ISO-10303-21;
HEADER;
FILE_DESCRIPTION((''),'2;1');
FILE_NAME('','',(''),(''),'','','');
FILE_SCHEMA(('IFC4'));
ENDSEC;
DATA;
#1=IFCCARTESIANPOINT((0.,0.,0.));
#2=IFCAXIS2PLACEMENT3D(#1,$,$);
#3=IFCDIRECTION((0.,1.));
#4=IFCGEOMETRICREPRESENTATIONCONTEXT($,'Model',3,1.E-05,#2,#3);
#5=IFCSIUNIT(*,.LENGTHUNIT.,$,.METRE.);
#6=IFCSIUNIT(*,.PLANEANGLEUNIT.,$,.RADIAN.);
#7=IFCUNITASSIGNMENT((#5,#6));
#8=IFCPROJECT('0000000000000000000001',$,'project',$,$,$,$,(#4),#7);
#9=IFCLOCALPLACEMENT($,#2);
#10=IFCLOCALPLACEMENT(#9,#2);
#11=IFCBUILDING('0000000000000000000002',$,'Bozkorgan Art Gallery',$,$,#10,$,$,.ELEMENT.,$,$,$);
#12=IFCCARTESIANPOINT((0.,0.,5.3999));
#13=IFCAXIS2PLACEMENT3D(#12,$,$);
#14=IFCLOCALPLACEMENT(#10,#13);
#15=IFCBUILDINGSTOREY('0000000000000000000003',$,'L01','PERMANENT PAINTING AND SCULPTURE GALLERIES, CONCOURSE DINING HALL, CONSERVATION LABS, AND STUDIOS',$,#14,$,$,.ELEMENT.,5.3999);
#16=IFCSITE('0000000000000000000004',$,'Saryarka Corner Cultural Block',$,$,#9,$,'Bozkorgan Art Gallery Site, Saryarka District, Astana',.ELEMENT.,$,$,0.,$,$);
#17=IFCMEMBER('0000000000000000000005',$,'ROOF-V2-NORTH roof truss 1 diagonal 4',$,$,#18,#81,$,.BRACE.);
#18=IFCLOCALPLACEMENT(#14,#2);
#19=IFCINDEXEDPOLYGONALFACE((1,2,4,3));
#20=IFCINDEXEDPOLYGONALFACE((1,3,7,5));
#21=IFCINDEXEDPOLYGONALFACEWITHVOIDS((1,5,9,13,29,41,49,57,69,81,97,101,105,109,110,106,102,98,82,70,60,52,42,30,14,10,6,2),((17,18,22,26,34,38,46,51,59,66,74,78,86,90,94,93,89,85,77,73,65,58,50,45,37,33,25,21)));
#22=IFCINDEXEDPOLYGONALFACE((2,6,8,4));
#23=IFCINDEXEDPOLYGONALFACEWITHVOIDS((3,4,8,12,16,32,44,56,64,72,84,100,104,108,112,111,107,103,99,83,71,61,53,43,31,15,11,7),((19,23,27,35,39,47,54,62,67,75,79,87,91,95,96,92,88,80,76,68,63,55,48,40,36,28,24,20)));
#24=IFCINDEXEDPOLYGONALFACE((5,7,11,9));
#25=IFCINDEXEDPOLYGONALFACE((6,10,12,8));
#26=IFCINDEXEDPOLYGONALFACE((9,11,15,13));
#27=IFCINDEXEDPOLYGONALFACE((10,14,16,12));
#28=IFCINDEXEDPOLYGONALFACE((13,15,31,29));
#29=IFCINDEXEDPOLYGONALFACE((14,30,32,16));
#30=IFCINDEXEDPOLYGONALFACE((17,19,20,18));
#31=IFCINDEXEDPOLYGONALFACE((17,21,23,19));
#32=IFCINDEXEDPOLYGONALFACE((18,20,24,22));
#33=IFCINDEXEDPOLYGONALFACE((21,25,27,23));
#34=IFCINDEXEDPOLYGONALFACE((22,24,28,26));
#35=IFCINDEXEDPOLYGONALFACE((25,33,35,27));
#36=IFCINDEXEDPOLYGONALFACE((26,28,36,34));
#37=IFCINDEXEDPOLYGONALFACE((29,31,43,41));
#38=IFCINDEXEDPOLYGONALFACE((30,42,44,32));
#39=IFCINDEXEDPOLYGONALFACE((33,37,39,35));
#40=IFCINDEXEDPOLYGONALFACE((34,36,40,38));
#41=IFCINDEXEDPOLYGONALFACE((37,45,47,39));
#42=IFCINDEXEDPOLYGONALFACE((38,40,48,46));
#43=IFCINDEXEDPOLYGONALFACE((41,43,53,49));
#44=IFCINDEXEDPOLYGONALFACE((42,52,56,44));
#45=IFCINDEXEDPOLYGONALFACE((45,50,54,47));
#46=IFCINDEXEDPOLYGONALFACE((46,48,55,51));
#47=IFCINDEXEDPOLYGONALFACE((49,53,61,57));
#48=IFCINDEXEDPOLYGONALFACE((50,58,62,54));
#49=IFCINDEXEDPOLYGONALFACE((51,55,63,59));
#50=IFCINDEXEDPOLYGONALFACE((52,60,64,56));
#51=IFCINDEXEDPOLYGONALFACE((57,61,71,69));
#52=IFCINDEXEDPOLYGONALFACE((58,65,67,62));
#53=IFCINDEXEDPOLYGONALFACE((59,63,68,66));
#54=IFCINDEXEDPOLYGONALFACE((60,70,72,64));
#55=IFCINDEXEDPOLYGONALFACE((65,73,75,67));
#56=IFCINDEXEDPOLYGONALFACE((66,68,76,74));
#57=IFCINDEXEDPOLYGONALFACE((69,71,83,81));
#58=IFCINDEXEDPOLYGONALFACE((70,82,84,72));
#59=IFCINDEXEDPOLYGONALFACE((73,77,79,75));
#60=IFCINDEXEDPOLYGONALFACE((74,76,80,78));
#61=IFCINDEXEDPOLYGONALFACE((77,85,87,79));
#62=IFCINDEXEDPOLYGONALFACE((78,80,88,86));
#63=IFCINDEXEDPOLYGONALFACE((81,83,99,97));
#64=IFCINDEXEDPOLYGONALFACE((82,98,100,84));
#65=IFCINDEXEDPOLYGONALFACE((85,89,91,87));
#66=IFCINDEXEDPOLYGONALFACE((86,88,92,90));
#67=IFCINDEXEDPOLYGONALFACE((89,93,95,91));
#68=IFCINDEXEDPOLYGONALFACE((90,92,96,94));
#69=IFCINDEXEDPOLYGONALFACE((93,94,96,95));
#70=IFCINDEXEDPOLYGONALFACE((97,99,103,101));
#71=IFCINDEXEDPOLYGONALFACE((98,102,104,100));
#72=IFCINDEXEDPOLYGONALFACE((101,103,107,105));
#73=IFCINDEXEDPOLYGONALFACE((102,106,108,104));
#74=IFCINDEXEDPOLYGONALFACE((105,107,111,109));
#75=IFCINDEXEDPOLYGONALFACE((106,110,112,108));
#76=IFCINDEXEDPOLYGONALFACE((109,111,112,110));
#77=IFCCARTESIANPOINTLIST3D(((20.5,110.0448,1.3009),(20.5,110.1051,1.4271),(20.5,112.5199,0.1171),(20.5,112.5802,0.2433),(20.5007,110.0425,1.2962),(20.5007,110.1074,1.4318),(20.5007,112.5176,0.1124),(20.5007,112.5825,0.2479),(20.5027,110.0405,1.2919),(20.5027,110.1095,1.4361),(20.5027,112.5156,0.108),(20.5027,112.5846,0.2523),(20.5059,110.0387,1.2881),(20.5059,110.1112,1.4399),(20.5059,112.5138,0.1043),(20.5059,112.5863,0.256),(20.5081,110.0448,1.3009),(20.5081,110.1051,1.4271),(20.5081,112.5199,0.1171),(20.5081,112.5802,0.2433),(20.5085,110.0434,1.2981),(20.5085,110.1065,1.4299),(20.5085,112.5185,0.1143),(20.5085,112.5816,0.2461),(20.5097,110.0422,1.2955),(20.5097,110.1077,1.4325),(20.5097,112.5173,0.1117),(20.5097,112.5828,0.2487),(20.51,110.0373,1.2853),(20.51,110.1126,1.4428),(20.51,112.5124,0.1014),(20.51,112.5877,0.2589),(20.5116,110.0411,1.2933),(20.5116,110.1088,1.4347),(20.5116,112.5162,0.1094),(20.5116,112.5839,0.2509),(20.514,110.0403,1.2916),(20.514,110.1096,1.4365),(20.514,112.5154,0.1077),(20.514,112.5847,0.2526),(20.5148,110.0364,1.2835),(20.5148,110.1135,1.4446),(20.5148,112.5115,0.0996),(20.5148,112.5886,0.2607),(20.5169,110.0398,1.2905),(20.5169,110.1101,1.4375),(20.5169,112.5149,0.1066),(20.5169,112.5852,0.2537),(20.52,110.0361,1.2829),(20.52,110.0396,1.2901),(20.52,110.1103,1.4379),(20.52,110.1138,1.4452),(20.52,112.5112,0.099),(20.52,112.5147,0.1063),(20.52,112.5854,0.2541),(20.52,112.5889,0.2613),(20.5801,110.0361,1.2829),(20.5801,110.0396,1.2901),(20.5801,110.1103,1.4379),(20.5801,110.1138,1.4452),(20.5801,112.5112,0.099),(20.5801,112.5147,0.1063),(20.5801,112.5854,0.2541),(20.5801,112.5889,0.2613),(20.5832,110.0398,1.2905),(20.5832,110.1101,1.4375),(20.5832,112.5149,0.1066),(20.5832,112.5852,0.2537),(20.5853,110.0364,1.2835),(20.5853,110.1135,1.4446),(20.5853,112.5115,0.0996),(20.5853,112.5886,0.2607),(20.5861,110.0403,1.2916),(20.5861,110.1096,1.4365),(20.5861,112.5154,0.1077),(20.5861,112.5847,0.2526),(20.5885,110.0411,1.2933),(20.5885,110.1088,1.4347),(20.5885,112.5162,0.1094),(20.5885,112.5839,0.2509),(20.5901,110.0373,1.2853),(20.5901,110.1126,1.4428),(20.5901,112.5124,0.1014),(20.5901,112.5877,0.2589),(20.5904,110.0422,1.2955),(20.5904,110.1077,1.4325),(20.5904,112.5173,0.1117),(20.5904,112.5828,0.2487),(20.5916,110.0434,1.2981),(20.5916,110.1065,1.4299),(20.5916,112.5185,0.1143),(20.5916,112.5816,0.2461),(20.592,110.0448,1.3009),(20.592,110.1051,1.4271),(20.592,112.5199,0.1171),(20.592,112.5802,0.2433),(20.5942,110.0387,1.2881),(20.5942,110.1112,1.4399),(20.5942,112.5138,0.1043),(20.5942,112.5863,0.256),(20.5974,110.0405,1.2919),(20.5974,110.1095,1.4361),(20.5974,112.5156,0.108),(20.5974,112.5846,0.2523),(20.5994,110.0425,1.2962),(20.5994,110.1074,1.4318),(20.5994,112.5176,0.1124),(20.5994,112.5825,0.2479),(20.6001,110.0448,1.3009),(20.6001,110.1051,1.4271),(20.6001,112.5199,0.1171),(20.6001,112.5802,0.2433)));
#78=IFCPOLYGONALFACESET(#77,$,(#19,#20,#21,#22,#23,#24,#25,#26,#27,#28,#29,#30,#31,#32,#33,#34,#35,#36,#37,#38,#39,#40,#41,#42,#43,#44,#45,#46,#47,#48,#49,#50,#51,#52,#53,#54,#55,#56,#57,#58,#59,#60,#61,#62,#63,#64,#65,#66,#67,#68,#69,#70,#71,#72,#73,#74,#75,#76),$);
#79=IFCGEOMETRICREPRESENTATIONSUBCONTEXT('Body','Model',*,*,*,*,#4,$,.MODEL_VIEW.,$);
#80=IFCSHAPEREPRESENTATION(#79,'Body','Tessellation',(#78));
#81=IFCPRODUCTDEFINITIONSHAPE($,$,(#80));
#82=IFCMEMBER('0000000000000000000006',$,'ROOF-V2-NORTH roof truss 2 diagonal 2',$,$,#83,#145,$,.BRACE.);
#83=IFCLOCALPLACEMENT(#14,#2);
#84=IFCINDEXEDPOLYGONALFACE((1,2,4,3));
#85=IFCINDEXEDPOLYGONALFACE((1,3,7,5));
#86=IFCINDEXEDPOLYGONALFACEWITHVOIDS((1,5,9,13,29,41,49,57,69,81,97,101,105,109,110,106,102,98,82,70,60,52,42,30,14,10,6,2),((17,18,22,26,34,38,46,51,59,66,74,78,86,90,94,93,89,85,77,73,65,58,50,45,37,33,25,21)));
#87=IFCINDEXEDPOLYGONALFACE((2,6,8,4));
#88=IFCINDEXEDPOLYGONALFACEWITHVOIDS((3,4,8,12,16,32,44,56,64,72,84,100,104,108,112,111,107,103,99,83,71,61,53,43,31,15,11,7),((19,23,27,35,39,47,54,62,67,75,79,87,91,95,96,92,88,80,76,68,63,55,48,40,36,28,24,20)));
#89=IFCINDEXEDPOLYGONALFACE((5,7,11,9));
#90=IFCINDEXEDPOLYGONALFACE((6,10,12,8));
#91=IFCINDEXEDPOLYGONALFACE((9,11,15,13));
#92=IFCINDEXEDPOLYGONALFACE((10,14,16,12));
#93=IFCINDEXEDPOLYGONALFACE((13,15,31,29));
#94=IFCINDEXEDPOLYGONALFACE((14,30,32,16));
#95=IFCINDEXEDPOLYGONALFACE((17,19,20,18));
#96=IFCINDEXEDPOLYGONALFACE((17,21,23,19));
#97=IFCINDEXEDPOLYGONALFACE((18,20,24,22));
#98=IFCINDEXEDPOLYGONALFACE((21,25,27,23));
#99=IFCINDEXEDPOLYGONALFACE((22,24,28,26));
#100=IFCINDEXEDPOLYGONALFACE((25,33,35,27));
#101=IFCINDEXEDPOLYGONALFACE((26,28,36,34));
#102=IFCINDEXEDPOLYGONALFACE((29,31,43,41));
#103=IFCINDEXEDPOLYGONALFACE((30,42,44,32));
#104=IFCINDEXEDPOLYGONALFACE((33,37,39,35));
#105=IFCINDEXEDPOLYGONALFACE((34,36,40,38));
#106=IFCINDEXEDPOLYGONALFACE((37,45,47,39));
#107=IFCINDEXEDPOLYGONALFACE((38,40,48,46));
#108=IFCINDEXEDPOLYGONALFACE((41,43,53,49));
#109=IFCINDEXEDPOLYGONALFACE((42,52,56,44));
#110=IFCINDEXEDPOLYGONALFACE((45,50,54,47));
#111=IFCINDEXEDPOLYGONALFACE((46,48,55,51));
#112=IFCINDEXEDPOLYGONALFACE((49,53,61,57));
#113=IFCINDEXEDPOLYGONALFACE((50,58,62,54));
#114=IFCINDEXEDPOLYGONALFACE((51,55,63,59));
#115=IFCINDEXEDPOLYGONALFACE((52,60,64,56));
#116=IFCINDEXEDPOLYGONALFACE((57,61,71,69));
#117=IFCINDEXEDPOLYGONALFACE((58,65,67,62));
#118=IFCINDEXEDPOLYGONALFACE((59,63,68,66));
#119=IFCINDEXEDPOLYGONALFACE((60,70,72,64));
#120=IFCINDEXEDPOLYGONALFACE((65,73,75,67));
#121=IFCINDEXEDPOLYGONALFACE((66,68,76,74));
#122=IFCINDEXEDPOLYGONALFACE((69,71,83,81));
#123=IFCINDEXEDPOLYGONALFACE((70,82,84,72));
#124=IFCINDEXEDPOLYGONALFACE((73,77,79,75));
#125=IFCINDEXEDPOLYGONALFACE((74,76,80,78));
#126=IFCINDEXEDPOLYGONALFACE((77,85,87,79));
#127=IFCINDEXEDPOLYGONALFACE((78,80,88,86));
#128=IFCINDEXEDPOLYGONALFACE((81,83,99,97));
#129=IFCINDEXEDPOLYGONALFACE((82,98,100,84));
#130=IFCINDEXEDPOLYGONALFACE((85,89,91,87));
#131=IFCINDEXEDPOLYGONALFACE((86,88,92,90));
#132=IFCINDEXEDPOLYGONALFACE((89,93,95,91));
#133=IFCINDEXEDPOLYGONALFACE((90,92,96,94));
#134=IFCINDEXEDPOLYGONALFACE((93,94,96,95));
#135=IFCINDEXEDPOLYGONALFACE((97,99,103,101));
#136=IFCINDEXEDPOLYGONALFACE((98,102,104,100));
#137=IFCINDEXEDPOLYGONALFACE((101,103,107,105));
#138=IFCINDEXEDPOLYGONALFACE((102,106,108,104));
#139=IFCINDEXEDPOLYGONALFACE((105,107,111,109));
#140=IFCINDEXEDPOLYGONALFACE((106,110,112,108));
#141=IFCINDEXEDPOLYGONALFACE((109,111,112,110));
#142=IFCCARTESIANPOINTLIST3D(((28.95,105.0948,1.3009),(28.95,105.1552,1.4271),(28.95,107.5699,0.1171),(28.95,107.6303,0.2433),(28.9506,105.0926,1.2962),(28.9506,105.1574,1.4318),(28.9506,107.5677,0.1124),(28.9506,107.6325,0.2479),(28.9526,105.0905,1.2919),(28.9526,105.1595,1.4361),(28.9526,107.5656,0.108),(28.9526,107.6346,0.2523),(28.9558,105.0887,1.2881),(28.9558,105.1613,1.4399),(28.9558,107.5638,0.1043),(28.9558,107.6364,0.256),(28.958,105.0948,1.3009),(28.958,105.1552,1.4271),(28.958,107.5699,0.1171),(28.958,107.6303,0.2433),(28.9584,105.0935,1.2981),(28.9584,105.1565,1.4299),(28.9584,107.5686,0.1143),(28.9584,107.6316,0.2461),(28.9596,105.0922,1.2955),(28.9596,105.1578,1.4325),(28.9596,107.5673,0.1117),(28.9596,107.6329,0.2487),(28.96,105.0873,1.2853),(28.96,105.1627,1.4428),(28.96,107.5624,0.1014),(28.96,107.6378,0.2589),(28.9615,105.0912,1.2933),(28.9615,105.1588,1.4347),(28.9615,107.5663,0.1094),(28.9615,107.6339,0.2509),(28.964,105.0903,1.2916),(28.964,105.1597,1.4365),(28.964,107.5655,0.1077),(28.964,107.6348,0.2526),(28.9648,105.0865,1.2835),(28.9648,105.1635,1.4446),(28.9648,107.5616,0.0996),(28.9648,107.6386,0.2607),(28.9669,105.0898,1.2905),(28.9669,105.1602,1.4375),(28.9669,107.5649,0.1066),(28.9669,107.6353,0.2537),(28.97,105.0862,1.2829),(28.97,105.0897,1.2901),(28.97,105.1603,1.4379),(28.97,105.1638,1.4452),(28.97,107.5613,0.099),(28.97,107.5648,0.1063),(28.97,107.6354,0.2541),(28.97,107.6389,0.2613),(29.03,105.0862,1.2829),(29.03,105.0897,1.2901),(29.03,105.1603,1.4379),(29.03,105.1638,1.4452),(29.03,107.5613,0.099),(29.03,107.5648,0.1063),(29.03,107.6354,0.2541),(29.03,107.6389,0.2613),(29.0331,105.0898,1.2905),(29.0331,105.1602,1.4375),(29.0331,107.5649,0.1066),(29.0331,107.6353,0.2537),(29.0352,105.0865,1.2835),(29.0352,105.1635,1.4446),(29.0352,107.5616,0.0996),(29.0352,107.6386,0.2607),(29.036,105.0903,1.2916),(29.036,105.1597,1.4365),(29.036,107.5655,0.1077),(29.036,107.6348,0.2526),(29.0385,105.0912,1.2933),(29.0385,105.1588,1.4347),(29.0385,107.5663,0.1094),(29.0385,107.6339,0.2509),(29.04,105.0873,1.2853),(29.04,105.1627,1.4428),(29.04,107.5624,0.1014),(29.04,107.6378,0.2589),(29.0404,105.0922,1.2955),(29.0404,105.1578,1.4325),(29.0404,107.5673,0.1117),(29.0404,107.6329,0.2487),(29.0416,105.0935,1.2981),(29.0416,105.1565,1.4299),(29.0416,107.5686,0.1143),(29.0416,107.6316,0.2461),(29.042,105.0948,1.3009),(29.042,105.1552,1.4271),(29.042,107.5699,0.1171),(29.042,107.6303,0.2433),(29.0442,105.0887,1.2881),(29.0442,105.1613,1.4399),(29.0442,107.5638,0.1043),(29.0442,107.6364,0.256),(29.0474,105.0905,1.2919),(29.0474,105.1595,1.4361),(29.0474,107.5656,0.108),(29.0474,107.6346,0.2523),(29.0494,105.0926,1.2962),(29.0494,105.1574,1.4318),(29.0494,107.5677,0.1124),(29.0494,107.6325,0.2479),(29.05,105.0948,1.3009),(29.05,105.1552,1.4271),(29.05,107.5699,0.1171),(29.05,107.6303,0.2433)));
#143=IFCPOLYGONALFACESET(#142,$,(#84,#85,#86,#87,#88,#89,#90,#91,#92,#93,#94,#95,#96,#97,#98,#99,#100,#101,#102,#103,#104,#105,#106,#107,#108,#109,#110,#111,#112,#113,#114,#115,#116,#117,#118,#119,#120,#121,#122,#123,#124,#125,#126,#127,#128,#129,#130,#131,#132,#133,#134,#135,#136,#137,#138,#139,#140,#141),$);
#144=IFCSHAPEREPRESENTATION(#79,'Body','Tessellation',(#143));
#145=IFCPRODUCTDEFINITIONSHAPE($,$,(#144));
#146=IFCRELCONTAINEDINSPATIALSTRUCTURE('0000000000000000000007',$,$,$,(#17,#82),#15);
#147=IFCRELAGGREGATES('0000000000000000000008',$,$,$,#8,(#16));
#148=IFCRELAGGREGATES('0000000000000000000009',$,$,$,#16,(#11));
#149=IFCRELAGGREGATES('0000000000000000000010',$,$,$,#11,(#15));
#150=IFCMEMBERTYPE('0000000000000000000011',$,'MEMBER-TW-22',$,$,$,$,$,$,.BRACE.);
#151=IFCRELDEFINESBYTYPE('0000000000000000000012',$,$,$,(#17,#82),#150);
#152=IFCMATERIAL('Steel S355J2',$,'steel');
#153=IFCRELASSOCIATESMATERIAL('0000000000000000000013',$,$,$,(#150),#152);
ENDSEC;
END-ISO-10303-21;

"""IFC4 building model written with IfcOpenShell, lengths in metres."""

from ifc_helpers import new_model, si_unit, direction, frame, origin, origin_2d, place, context, subcontext, project, spatial, hollow_rectangle, extrude, material, material_profile, profile_set, type_object, element, save


model = new_model("IFC4")

# Units and contexts
model_context = context("Model", 3, precision=1e-05, world=origin(), true_north=direction((0.0, 1.0)))
body_context = subcontext(model_context, "Body", "Model", "MODEL_VIEW")
ifc_project = project(units=[si_unit("LENGTHUNIT", "METRE"), si_unit("PLANEANGLEUNIT", "RADIAN")], contexts=[model_context])

# Site, building, storey
site_placement = place(None, origin())
site = spatial("IfcSite", under=ifc_project, at=site_placement, Name="Saryarka Corner Cultural Block", LongName="Bozkorgan Art Gallery Site, Saryarka District, Astana", CompositionType="ELEMENT", RefElevation=0.0)
building_placement = place(site_placement, origin())
building = spatial("IfcBuilding", under=site, at=building_placement, Name="Bozkorgan Art Gallery", CompositionType="ELEMENT")
storey_placement = place(building_placement, frame((0.0, 0.0, 5.3999)))
storey = spatial("IfcBuildingStorey", under=building, at=storey_placement, Name="L01", Description="PERMANENT PAINTING AND SCULPTURE GALLERIES, CONCOURSE DINING HALL, CONSERVATION LABS, AND STUDIOS", CompositionType="ELEMENT", Elevation=5.3999)

# Shared definitions
ifc_material_1 = material(Name="Steel S355J2", Category="steel")

# Members
ifc_material_profile_1 = material_profile(ifc_material_1, hollow_rectangle(XDim=0.1001, YDim=0.1799, WallThickness=0.0081, InnerFilletRadius=0.012, OuterFilletRadius=0.02, at=origin_2d()), Name="RHS 180x100x8")
ifc_profile_set_1 = profile_set([ifc_material_profile_1], Name="Steel S355J2")
member_type_1 = type_object("IfcMemberType", Name="MEMBER-TW-22", PredefinedType="BRACE", material=ifc_profile_set_1)
for number, where, z_axis, x_axis, name in (
    (1, (20.55, 110.075, 1.364), (0.0, 0.902121, -0.431484), (-1.0, 0.0, 0.0), "ROOF-V2-NORTH roof truss 1 diagonal 4"),
    (2, (29.0, 105.125, 1.364), (0.0, 0.902121, -0.431484), (-1.0, 0.0, 0.0), "ROOF-V2-NORTH roof truss 2 diagonal 2"),
):
    element("IfcMember", number, at=place(storey_placement, frame(where, z_axis=z_axis, x_axis=x_axis)), inside=storey, type_object=member_type_1, Name=name, PredefinedType="BRACE", context=body_context, shape_type="SweptSolid", body=[
        extrude(hollow_rectangle(XDim=0.1001, YDim=0.1799, WallThickness=0.0081, InnerFilletRadius=0.012, OuterFilletRadius=0.02, at=origin_2d()), origin(), (0.0, 0.0, 1.0), 2.7437),
    ])

save(model, "model.ifc")
